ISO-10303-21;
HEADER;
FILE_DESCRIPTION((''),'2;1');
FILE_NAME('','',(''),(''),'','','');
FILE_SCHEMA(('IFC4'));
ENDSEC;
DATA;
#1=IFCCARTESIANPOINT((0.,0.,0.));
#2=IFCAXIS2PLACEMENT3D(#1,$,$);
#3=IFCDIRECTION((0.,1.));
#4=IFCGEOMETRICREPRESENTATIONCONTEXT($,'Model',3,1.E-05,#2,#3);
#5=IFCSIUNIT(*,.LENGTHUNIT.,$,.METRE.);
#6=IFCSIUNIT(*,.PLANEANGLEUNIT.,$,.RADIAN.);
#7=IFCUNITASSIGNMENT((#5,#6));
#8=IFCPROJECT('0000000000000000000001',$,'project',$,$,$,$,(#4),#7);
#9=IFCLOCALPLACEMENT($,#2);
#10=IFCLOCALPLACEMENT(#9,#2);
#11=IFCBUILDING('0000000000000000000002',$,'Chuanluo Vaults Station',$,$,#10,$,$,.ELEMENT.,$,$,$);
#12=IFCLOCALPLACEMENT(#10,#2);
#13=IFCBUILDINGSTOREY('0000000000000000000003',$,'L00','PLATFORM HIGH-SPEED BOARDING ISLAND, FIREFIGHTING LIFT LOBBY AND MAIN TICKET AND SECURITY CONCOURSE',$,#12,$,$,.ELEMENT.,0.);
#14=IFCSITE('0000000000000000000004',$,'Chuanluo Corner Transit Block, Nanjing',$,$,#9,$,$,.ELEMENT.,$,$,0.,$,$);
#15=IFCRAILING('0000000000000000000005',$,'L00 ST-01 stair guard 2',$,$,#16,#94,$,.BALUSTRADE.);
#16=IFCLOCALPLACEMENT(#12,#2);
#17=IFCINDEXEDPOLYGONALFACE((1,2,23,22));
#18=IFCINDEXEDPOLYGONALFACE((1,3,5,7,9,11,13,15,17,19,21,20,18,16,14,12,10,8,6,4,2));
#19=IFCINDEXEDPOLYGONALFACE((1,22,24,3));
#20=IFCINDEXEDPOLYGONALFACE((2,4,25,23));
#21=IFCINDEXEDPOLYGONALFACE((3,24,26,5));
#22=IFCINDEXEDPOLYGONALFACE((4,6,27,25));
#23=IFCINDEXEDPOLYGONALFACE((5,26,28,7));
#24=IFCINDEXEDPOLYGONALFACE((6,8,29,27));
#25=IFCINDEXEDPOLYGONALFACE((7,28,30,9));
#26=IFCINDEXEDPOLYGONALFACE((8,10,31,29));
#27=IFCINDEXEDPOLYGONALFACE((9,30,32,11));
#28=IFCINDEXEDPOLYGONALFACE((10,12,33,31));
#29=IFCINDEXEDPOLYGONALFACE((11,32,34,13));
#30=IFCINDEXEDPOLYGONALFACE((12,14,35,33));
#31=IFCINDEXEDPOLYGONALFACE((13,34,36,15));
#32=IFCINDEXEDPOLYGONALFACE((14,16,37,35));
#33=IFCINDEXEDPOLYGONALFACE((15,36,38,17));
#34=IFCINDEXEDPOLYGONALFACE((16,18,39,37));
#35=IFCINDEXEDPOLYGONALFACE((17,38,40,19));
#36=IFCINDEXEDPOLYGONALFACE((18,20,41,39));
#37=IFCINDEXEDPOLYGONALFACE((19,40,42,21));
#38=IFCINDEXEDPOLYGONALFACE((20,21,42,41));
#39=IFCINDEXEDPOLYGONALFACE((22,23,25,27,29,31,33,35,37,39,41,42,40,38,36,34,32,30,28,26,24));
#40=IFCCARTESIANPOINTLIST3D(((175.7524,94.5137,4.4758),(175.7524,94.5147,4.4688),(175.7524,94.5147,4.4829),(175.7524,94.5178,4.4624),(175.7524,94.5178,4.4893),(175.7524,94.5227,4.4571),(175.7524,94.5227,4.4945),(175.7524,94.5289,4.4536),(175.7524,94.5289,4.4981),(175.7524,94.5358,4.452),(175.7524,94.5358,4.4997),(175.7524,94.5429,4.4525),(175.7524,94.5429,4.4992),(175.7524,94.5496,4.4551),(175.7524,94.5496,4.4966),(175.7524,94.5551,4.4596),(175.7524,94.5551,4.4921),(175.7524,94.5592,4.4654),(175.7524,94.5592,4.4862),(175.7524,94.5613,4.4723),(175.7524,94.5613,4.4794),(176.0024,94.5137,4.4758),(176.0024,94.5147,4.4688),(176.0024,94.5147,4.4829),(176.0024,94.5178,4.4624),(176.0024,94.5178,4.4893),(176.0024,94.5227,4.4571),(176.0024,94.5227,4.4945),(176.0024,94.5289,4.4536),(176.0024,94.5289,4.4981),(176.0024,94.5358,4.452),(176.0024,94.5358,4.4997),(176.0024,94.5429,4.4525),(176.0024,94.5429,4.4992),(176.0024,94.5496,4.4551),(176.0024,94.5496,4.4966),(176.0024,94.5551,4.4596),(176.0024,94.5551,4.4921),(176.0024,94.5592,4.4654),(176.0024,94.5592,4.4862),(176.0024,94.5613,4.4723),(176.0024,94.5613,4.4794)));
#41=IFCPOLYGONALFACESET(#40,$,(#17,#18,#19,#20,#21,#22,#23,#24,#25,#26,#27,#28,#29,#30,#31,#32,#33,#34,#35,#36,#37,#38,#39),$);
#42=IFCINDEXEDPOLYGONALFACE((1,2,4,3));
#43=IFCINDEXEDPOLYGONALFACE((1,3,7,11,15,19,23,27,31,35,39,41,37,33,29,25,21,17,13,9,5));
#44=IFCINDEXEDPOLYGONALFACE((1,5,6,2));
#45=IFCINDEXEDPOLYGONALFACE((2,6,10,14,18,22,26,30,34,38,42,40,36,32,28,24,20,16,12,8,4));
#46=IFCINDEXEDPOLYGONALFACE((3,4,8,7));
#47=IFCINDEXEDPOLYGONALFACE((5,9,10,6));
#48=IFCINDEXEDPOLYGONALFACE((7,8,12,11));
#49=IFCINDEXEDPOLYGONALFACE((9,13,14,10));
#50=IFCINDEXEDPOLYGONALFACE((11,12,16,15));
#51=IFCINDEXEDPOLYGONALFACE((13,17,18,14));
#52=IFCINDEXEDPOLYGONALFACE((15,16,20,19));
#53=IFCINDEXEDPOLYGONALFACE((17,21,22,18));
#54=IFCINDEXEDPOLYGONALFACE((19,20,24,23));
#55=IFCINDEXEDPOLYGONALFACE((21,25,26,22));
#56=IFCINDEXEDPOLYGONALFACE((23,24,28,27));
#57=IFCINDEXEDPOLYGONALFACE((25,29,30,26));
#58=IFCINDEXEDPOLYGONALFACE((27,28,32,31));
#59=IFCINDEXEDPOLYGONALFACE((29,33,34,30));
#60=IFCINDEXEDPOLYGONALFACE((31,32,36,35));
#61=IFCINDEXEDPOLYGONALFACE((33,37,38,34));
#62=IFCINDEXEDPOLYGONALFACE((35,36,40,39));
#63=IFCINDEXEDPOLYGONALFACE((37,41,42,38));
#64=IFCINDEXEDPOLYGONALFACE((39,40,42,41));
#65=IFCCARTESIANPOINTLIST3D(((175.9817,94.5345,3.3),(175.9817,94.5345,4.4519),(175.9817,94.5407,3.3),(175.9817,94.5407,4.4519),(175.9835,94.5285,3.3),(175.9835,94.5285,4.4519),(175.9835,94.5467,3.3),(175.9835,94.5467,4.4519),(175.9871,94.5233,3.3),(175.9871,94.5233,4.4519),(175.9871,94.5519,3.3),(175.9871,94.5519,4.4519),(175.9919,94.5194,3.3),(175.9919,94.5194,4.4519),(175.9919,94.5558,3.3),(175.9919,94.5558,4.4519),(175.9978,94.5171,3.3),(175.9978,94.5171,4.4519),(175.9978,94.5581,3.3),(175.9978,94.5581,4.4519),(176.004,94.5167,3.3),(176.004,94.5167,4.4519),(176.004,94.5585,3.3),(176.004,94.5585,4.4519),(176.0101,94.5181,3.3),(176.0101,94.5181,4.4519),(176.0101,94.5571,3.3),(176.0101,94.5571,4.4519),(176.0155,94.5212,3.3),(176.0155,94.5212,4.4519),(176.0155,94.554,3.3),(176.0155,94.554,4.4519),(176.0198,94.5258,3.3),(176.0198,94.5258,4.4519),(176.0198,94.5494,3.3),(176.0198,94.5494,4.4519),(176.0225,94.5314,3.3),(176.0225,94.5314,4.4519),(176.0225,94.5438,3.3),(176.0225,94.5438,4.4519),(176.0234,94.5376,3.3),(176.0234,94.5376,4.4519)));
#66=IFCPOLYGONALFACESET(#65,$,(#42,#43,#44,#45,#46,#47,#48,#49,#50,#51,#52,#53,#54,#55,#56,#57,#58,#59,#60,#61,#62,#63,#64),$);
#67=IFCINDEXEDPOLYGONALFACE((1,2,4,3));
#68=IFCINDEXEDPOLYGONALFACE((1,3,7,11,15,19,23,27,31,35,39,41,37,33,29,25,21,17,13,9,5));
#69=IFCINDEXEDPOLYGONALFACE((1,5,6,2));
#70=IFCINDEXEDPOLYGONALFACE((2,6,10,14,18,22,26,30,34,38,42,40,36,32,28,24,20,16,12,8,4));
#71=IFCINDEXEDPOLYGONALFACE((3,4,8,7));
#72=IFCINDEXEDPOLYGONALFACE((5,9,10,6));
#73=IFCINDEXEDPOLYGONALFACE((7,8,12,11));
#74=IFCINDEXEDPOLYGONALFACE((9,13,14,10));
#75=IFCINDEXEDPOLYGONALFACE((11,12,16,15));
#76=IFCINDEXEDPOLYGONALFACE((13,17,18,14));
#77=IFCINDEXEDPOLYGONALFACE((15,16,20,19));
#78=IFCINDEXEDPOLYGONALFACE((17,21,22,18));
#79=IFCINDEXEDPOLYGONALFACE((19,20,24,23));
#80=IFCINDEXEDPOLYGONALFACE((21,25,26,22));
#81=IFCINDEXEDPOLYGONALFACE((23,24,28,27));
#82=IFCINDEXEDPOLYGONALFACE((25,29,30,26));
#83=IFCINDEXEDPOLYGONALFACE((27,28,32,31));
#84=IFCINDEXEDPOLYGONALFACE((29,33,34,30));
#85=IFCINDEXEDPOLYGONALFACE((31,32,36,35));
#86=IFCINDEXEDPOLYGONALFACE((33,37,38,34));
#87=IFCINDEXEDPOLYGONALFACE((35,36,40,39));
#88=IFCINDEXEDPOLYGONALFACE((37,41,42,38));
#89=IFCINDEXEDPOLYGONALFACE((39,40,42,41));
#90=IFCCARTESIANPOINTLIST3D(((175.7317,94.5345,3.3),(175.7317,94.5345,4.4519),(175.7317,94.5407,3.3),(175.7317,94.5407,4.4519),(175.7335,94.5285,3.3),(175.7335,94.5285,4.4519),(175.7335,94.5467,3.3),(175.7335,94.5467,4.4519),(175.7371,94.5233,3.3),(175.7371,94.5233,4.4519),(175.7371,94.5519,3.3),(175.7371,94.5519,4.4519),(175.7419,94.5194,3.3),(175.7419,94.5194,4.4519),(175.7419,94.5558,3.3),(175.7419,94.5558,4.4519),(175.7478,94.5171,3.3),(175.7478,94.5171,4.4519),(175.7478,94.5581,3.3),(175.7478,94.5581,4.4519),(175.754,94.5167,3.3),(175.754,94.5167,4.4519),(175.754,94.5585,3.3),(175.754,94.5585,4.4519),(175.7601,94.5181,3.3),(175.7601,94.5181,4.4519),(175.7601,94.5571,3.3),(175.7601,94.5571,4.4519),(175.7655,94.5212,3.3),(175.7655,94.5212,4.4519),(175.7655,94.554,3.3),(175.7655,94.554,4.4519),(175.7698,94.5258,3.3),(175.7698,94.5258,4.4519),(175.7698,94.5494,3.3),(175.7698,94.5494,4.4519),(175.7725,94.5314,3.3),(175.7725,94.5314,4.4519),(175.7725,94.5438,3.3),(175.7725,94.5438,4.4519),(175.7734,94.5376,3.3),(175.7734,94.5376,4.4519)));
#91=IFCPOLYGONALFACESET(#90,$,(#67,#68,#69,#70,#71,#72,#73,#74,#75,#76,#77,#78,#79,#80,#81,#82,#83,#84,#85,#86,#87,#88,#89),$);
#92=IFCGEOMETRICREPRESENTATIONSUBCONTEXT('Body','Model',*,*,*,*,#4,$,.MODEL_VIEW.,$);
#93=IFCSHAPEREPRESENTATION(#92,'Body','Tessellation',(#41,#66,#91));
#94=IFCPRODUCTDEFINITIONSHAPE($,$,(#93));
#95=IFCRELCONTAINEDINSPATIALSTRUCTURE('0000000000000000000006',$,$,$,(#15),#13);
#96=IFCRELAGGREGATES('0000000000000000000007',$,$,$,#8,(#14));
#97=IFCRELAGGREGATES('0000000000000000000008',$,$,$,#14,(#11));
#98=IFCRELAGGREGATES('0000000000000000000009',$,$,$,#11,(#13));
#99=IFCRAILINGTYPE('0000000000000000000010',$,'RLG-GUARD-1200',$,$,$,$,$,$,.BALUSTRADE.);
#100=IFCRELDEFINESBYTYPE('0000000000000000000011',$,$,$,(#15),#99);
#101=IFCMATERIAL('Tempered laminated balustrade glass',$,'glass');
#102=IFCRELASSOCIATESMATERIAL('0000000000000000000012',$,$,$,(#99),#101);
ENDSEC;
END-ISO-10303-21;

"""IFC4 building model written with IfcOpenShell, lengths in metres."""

from ifc_helpers import new_model, si_unit, direction, frame, origin, origin_2d, place, context, subcontext, project, spatial, circle, extrude, material, type_object, element, save


model = new_model("IFC4")

# Units and contexts
model_context = context("Model", 3, precision=1e-05, world=origin(), true_north=direction((0.0, 1.0)))
body_context = subcontext(model_context, "Body", "Model", "MODEL_VIEW")
ifc_project = project(units=[si_unit("LENGTHUNIT", "METRE"), si_unit("PLANEANGLEUNIT", "RADIAN")], contexts=[model_context])

# Site, building, storey
site_placement = place(None, origin())
site = spatial("IfcSite", under=ifc_project, at=site_placement, Name="Chuanluo Corner Transit Block, Nanjing", CompositionType="ELEMENT", RefElevation=0.0)
building_placement = place(site_placement, origin())
building = spatial("IfcBuilding", under=site, at=building_placement, Name="Chuanluo Vaults Station", CompositionType="ELEMENT")
storey_placement = place(building_placement, origin())
storey = spatial("IfcBuildingStorey", under=building, at=storey_placement, Name="L00", Description="PLATFORM HIGH-SPEED BOARDING ISLAND, FIREFIGHTING LIFT LOBBY AND MAIN TICKET AND SECURITY CONCOURSE", CompositionType="ELEMENT", Elevation=0.0)

# Railing
ifc_material_1 = material(Name="Tempered laminated balustrade glass", Category="glass")
railing_type_1 = type_object("IfcRailingType", Name="RLG-GUARD-1200", PredefinedType="BALUSTRADE", material=ifc_material_1)
railing_1_placement = place(storey_placement, frame((176.0024, 94.5376, 3.3)))
element("IfcRailing", 1, at=railing_1_placement, inside=storey, type_object=railing_type_1, Name="L00 ST-01 stair guard 2", PredefinedType="BALUSTRADE", context=body_context, shape_type="SweptSolid", body=[
    extrude(circle(Radius=0.0239, at=origin_2d()), frame((0.0, 0.0, 1.1758), z_axis=(-1.0, 0.0, 0.0), x_axis=(0.0, -1.0, 0.0)), (0.0, 0.0, 1.0), 0.25),
    extrude(circle(Radius=0.021, at=origin_2d()), origin(), (0.0, 0.0, 1.0), 1.1519),
    extrude(circle(Radius=0.021, at=origin_2d()), frame((-0.25, 0.0, 0.0)), (0.0, 0.0, 1.0), 1.1519),
])

save(model, "model.ifc")
